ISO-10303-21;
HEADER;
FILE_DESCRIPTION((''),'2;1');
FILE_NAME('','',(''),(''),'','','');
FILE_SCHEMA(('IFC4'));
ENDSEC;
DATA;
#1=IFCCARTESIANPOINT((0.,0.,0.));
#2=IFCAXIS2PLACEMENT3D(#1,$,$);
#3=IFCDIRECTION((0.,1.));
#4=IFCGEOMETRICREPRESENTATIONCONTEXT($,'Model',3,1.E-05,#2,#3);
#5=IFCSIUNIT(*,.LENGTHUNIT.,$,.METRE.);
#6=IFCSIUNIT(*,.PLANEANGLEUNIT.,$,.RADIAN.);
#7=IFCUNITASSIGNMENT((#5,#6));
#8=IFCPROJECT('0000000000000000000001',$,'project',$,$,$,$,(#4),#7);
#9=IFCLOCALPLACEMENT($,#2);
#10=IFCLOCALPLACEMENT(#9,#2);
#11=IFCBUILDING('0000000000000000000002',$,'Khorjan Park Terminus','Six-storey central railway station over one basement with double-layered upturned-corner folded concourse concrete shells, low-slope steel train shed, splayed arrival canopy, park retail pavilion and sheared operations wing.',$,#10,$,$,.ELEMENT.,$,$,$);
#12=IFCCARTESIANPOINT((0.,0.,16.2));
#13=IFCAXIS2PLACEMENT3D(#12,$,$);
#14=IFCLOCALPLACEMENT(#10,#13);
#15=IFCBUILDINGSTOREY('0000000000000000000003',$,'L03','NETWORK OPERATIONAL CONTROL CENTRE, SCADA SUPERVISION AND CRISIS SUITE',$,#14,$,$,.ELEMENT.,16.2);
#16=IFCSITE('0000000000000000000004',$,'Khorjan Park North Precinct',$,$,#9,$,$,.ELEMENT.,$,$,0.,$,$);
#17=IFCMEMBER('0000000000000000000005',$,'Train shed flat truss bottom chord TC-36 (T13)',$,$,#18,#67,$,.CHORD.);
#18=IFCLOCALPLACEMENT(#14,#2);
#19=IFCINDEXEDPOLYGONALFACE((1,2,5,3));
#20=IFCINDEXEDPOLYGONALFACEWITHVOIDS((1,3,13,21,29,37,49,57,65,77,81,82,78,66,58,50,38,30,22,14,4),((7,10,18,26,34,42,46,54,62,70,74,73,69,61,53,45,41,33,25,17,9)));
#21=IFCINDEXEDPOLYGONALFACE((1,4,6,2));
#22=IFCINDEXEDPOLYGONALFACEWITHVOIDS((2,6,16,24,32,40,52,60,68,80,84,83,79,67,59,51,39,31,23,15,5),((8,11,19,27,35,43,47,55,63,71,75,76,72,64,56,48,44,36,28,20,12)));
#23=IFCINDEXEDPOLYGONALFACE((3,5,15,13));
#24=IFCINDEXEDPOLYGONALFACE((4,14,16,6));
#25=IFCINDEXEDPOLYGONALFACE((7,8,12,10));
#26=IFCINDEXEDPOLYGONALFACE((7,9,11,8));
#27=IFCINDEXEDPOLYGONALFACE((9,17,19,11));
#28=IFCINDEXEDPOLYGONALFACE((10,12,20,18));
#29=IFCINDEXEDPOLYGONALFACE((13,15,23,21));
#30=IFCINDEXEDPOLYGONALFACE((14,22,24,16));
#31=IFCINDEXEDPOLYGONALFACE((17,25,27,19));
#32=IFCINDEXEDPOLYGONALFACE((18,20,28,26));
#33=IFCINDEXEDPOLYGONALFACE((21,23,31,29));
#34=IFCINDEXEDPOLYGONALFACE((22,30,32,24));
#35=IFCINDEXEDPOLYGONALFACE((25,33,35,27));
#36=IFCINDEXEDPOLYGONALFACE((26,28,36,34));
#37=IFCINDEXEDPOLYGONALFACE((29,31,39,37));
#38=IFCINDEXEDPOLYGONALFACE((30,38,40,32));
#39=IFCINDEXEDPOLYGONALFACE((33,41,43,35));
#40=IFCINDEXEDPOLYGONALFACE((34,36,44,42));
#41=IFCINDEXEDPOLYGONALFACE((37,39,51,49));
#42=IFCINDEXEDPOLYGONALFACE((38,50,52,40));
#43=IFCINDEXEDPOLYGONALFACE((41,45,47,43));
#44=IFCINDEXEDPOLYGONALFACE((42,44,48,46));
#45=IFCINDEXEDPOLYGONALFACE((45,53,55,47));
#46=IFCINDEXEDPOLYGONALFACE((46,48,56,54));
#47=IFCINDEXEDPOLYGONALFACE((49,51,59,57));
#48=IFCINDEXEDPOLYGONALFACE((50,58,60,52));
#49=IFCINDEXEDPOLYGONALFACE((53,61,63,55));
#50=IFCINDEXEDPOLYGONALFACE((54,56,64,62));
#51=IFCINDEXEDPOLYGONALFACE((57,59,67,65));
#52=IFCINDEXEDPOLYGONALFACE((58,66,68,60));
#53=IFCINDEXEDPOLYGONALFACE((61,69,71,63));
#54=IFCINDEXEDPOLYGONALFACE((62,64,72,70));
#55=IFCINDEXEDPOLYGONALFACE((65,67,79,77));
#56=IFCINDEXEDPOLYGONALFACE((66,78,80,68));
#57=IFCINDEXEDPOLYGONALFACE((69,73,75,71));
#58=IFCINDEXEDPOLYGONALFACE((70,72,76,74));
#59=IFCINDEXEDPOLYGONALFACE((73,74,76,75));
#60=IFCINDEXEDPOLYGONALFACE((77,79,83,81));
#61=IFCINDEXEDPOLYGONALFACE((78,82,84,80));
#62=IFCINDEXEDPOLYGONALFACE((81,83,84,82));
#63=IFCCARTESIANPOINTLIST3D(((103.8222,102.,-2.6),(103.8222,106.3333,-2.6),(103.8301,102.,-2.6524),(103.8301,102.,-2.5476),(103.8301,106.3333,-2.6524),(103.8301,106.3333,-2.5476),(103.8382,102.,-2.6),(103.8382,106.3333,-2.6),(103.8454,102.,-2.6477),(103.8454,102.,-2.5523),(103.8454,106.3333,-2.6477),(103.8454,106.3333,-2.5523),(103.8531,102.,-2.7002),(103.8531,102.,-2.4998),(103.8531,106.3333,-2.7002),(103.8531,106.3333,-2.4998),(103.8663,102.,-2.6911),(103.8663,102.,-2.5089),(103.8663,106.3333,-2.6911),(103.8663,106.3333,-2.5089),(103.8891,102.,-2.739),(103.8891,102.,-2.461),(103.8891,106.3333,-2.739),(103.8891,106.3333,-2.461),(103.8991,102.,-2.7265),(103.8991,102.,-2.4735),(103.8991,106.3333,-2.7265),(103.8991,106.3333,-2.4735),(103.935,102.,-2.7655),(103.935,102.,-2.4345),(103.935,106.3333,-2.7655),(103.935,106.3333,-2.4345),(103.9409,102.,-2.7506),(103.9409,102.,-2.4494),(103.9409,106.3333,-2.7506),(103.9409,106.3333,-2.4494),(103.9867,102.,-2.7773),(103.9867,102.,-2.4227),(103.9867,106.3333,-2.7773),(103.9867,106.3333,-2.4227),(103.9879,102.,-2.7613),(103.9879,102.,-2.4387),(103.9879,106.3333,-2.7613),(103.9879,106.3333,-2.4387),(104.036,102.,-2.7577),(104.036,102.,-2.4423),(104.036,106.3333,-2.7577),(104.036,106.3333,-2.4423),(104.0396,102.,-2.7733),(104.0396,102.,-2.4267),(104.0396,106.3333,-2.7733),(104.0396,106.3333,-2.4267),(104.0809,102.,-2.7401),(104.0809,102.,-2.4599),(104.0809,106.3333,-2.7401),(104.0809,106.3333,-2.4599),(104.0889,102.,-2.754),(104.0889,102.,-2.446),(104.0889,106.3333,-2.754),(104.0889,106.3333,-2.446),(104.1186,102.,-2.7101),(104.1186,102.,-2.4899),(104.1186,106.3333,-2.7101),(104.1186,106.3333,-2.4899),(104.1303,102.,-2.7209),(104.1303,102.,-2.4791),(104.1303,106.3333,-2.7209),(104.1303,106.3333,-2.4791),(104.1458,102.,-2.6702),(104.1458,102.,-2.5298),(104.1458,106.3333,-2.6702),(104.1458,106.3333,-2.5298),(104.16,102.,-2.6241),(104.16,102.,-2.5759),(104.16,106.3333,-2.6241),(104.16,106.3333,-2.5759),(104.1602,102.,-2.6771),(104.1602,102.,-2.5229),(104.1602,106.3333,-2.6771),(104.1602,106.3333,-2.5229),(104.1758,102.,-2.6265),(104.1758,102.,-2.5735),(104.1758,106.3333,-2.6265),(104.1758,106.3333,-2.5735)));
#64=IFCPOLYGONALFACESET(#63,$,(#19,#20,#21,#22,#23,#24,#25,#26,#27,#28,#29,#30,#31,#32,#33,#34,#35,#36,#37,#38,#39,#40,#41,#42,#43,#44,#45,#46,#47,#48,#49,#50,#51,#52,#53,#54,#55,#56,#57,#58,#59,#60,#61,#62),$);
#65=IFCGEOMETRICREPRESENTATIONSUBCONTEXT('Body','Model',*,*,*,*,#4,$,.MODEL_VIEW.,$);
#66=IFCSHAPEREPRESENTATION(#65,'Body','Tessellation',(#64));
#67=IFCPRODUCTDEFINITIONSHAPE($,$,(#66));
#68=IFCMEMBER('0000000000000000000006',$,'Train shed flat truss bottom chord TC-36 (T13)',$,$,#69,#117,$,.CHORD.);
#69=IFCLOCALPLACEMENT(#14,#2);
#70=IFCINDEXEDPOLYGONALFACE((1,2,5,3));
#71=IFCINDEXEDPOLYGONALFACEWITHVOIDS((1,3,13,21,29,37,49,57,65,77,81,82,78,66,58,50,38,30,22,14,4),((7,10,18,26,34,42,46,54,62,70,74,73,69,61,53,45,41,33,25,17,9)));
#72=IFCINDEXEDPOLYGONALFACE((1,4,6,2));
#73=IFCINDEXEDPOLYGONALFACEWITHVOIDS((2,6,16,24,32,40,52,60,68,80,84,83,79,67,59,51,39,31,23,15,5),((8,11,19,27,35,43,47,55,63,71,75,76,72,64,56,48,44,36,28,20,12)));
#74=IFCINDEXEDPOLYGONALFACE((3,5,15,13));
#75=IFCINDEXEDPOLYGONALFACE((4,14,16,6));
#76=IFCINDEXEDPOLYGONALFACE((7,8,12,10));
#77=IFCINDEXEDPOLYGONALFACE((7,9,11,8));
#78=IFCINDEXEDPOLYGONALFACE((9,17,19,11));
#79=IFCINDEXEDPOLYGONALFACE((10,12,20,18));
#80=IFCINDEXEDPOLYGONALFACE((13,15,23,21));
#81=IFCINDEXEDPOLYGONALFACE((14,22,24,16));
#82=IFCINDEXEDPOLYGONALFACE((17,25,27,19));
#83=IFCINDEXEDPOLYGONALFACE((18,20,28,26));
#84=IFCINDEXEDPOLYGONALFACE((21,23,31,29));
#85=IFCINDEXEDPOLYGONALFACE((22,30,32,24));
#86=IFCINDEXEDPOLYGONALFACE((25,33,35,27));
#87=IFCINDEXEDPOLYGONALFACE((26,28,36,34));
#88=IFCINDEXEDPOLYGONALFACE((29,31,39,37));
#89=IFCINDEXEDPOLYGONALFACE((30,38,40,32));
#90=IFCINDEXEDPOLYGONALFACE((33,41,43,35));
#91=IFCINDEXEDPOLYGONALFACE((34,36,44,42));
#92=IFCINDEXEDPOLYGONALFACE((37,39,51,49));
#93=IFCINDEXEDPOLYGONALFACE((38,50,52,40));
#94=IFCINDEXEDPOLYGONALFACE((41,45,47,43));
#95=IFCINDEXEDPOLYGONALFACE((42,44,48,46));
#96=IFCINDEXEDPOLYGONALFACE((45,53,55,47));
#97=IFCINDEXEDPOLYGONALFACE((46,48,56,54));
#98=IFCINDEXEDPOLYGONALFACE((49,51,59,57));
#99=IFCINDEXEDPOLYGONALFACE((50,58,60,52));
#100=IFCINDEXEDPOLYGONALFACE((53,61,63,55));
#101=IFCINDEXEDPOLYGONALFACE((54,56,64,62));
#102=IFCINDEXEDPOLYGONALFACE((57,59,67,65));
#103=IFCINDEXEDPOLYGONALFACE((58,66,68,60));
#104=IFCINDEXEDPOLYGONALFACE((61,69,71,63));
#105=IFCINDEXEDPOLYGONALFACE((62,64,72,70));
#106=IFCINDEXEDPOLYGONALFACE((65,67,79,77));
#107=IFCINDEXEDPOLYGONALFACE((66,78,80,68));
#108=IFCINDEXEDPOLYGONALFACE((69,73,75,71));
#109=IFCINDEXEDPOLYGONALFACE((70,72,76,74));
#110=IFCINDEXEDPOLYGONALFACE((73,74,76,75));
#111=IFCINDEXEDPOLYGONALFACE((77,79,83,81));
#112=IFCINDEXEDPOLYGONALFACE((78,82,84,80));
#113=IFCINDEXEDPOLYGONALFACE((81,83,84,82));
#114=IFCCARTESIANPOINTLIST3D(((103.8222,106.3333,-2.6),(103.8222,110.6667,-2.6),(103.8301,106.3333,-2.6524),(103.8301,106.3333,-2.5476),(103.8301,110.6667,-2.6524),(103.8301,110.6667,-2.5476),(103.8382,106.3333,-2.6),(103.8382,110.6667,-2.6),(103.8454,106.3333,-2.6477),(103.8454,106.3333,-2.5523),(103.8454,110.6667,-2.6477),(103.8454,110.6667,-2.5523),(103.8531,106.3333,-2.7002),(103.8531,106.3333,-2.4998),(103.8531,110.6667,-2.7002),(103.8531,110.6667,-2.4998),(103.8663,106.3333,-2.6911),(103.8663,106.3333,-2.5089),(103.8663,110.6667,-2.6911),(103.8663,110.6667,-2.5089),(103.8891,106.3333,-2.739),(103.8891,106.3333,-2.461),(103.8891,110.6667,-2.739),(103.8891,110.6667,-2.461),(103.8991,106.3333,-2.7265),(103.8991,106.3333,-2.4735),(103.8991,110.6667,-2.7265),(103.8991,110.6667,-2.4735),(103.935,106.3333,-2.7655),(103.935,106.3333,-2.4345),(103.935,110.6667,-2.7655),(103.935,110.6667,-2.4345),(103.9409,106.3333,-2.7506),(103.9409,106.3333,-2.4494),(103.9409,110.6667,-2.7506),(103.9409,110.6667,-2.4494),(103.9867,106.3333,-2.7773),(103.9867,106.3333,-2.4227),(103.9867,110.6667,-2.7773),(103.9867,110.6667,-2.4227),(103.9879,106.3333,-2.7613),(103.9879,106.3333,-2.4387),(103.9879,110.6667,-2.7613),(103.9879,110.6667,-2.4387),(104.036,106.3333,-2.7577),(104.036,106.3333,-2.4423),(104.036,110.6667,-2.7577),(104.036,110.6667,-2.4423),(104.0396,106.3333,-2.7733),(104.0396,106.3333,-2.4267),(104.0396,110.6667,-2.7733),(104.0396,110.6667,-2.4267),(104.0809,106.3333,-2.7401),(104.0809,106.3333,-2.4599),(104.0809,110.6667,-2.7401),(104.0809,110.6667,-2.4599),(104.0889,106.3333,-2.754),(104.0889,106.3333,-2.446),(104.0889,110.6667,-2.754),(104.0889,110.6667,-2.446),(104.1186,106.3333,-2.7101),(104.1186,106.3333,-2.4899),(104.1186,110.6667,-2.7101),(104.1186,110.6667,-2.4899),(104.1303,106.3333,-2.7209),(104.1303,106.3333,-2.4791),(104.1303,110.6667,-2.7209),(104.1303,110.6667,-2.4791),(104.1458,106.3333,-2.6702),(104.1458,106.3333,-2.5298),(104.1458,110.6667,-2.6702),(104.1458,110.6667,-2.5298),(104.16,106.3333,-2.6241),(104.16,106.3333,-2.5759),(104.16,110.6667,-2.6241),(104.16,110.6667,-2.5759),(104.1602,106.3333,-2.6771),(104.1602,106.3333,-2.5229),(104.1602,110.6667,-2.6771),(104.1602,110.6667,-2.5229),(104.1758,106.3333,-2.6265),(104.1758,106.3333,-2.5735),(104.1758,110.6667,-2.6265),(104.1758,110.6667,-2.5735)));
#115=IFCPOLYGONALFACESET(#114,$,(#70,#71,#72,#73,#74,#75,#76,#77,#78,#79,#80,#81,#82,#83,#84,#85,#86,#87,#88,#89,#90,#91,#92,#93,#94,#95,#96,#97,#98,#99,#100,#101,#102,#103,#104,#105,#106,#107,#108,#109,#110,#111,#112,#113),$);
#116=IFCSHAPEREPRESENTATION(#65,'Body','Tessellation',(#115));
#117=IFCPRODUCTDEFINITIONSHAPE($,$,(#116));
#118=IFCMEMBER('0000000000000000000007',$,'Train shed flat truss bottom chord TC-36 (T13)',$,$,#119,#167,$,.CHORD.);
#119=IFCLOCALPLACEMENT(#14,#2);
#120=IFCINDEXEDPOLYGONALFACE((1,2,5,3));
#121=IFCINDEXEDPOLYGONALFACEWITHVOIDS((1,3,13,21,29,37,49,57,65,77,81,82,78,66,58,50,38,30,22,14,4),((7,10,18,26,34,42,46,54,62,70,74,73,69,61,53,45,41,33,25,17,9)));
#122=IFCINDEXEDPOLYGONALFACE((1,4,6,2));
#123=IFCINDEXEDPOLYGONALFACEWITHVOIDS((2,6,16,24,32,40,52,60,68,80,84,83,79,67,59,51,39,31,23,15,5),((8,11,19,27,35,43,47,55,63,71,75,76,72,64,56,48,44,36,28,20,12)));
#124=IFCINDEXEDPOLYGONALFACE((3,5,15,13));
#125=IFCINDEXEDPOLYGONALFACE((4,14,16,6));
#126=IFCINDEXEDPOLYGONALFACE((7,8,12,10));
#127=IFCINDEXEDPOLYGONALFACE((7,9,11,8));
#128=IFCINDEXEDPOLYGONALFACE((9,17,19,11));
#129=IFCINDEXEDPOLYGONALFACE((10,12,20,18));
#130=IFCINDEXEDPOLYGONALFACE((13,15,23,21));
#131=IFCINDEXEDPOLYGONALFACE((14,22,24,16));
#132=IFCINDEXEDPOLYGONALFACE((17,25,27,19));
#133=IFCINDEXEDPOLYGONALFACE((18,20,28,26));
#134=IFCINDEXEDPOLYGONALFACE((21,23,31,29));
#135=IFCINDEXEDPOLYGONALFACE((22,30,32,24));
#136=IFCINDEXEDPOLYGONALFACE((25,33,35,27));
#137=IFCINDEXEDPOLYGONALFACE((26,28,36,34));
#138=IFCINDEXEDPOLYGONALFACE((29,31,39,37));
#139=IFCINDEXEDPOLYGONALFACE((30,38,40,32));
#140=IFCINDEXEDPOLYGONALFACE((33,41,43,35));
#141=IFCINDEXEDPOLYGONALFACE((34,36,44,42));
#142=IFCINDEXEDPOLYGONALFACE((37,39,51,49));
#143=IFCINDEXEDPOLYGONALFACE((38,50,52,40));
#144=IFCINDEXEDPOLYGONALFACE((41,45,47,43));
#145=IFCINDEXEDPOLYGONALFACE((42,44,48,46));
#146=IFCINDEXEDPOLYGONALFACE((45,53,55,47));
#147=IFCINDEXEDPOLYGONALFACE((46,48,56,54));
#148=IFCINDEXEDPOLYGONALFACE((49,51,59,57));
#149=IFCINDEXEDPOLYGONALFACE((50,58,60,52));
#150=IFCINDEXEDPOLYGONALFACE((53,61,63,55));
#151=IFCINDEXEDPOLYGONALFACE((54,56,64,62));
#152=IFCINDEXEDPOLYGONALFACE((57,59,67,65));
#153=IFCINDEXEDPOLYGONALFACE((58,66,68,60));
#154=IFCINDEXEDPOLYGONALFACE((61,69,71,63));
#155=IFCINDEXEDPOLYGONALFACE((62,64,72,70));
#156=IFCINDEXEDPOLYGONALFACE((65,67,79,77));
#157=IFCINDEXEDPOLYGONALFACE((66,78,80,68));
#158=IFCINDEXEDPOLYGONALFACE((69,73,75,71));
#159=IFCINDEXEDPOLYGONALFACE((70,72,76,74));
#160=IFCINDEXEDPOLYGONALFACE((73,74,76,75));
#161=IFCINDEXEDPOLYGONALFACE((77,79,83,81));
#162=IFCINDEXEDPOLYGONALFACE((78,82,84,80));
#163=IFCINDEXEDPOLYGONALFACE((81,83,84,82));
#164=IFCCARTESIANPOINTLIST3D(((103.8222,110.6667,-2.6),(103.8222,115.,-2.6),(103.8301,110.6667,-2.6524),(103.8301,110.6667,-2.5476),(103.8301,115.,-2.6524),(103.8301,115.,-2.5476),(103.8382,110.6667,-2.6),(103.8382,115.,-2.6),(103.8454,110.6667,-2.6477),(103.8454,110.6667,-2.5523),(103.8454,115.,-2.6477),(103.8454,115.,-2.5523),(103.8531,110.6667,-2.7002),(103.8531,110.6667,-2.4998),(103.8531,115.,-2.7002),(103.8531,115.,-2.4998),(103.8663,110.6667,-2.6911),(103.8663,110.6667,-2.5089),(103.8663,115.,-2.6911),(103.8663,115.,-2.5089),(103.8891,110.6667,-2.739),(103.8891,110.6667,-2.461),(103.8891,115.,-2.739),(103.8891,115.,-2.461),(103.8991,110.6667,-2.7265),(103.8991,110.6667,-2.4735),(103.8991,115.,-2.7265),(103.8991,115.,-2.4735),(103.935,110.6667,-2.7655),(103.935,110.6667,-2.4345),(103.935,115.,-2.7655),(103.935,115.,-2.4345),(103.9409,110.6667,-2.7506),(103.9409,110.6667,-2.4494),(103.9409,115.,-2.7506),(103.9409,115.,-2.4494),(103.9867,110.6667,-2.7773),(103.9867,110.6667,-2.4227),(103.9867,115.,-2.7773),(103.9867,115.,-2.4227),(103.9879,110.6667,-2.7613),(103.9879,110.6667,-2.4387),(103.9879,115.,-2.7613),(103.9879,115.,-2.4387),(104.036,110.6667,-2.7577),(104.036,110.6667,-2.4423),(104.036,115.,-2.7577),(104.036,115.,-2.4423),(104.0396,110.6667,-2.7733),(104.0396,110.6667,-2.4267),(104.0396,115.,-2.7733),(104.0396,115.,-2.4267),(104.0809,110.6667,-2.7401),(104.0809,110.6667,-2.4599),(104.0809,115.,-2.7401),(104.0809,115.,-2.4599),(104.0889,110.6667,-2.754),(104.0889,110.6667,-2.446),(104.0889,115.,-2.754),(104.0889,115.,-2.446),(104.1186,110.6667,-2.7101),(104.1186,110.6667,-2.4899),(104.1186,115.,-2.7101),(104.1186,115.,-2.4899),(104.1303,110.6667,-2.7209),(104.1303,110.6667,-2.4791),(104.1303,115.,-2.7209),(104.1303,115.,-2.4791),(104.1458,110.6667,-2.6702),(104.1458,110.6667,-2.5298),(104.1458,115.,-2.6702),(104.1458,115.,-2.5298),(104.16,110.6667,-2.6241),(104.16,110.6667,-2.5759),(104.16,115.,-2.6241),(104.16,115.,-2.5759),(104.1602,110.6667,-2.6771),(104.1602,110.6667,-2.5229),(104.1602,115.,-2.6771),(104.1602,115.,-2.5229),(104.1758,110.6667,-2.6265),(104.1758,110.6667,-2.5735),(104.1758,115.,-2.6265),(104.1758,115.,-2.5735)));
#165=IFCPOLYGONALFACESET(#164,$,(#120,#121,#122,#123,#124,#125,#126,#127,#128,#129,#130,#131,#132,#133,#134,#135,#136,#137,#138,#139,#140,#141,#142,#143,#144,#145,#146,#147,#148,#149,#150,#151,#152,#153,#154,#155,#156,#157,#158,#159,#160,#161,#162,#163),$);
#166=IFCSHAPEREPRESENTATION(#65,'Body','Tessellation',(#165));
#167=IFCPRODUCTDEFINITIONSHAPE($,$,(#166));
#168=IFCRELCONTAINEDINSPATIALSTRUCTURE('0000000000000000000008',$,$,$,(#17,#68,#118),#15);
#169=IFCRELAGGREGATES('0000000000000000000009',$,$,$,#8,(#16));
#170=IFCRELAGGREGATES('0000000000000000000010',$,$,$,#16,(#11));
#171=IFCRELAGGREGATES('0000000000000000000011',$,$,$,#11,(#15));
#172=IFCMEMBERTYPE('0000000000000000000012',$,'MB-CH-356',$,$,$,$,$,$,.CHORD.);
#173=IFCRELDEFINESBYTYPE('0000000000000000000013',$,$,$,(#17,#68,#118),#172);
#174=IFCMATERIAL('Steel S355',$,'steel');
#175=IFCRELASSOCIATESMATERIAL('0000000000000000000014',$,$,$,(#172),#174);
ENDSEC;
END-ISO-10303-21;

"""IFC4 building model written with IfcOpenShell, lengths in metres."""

from ifc_helpers import new_model, si_unit, direction, frame, origin, origin_2d, place, context, subcontext, project, spatial, hollow_circle, extrude, material, material_profile, profile_set, type_object, element, save


model = new_model("IFC4")

# Units and contexts
model_context = context("Model", 3, precision=1e-05, world=origin(), true_north=direction((0.0, 1.0)))
body_context = subcontext(model_context, "Body", "Model", "MODEL_VIEW")
ifc_project = project(units=[si_unit("LENGTHUNIT", "METRE"), si_unit("PLANEANGLEUNIT", "RADIAN")], contexts=[model_context])

# Site, building, storey
site_placement = place(None, origin())
site = spatial("IfcSite", under=ifc_project, at=site_placement, Name="Khorjan Park North Precinct", CompositionType="ELEMENT", RefElevation=0.0)
building_placement = place(site_placement, origin())
building = spatial("IfcBuilding", under=site, at=building_placement, Name="Khorjan Park Terminus", Description="Six-storey central railway station over one basement with double-layered upturned-corner folded concourse concrete shells, low-slope steel train shed, splayed arrival canopy, park retail pavilion and sheared operations wing.", CompositionType="ELEMENT")
storey_placement = place(building_placement, frame((0.0, 0.0, 16.2)))
storey = spatial("IfcBuildingStorey", under=building, at=storey_placement, Name="L03", Description="NETWORK OPERATIONAL CONTROL CENTRE, SCADA SUPERVISION AND CRISIS SUITE", CompositionType="ELEMENT", Elevation=16.2)

# Members
ifc_material = material(Name="Steel S355", Category="steel")
ifc_material_profile_1 = material_profile(ifc_material, hollow_circle(Radius=0.1778, WallThickness=0.016, at=origin_2d()), Name="CHS 355.6x16")
ifc_profile_set_1 = profile_set([ifc_material_profile_1], Name="Steel S355")
member_type_1 = type_object("IfcMemberType", Name="MB-CH-356", PredefinedType="CHORD", material=ifc_profile_set_1)
member_1_placement = place(storey_placement, frame((104.0, 102.0, -2.6), z_axis=(0.0, 1.0, 0.0), x_axis=(-1.0, 0.0, 0.0)))
element("IfcMember", 1, at=member_1_placement, inside=storey, type_object=member_type_1, Name="Train shed flat truss bottom chord TC-36 (T13)", PredefinedType="CHORD", context=body_context, shape_type="SweptSolid", body=[
    extrude(hollow_circle(Radius=0.1778, WallThickness=0.016, at=origin_2d()), origin(), (0.0, 0.0, 1.0), 4.3333),
])
member_2_placement = place(storey_placement, frame((104.0, 106.3333, -2.6), z_axis=(0.0, 1.0, 0.0), x_axis=(-1.0, 0.0, 0.0)))
element("IfcMember", 2, at=member_2_placement, inside=storey, type_object=member_type_1, Name="Train shed flat truss bottom chord TC-36 (T13)", PredefinedType="CHORD", context=body_context, shape_type="SweptSolid", body=[
    extrude(hollow_circle(Radius=0.1778, WallThickness=0.016, at=origin_2d()), origin(), (0.0, 0.0, 1.0), 4.3334),
])
member_3_placement = place(storey_placement, frame((104.0, 110.6667, -2.6), z_axis=(0.0, 1.0, 0.0), x_axis=(-1.0, 0.0, 0.0)))
element("IfcMember", 3, at=member_3_placement, inside=storey, type_object=member_type_1, Name="Train shed flat truss bottom chord TC-36 (T13)", PredefinedType="CHORD", context=body_context, shape_type="SweptSolid", body=[
    extrude(hollow_circle(Radius=0.1778, WallThickness=0.016, at=origin_2d()), origin(), (0.0, 0.0, 1.0), 4.3333),
])

save(model, "model.ifc")
